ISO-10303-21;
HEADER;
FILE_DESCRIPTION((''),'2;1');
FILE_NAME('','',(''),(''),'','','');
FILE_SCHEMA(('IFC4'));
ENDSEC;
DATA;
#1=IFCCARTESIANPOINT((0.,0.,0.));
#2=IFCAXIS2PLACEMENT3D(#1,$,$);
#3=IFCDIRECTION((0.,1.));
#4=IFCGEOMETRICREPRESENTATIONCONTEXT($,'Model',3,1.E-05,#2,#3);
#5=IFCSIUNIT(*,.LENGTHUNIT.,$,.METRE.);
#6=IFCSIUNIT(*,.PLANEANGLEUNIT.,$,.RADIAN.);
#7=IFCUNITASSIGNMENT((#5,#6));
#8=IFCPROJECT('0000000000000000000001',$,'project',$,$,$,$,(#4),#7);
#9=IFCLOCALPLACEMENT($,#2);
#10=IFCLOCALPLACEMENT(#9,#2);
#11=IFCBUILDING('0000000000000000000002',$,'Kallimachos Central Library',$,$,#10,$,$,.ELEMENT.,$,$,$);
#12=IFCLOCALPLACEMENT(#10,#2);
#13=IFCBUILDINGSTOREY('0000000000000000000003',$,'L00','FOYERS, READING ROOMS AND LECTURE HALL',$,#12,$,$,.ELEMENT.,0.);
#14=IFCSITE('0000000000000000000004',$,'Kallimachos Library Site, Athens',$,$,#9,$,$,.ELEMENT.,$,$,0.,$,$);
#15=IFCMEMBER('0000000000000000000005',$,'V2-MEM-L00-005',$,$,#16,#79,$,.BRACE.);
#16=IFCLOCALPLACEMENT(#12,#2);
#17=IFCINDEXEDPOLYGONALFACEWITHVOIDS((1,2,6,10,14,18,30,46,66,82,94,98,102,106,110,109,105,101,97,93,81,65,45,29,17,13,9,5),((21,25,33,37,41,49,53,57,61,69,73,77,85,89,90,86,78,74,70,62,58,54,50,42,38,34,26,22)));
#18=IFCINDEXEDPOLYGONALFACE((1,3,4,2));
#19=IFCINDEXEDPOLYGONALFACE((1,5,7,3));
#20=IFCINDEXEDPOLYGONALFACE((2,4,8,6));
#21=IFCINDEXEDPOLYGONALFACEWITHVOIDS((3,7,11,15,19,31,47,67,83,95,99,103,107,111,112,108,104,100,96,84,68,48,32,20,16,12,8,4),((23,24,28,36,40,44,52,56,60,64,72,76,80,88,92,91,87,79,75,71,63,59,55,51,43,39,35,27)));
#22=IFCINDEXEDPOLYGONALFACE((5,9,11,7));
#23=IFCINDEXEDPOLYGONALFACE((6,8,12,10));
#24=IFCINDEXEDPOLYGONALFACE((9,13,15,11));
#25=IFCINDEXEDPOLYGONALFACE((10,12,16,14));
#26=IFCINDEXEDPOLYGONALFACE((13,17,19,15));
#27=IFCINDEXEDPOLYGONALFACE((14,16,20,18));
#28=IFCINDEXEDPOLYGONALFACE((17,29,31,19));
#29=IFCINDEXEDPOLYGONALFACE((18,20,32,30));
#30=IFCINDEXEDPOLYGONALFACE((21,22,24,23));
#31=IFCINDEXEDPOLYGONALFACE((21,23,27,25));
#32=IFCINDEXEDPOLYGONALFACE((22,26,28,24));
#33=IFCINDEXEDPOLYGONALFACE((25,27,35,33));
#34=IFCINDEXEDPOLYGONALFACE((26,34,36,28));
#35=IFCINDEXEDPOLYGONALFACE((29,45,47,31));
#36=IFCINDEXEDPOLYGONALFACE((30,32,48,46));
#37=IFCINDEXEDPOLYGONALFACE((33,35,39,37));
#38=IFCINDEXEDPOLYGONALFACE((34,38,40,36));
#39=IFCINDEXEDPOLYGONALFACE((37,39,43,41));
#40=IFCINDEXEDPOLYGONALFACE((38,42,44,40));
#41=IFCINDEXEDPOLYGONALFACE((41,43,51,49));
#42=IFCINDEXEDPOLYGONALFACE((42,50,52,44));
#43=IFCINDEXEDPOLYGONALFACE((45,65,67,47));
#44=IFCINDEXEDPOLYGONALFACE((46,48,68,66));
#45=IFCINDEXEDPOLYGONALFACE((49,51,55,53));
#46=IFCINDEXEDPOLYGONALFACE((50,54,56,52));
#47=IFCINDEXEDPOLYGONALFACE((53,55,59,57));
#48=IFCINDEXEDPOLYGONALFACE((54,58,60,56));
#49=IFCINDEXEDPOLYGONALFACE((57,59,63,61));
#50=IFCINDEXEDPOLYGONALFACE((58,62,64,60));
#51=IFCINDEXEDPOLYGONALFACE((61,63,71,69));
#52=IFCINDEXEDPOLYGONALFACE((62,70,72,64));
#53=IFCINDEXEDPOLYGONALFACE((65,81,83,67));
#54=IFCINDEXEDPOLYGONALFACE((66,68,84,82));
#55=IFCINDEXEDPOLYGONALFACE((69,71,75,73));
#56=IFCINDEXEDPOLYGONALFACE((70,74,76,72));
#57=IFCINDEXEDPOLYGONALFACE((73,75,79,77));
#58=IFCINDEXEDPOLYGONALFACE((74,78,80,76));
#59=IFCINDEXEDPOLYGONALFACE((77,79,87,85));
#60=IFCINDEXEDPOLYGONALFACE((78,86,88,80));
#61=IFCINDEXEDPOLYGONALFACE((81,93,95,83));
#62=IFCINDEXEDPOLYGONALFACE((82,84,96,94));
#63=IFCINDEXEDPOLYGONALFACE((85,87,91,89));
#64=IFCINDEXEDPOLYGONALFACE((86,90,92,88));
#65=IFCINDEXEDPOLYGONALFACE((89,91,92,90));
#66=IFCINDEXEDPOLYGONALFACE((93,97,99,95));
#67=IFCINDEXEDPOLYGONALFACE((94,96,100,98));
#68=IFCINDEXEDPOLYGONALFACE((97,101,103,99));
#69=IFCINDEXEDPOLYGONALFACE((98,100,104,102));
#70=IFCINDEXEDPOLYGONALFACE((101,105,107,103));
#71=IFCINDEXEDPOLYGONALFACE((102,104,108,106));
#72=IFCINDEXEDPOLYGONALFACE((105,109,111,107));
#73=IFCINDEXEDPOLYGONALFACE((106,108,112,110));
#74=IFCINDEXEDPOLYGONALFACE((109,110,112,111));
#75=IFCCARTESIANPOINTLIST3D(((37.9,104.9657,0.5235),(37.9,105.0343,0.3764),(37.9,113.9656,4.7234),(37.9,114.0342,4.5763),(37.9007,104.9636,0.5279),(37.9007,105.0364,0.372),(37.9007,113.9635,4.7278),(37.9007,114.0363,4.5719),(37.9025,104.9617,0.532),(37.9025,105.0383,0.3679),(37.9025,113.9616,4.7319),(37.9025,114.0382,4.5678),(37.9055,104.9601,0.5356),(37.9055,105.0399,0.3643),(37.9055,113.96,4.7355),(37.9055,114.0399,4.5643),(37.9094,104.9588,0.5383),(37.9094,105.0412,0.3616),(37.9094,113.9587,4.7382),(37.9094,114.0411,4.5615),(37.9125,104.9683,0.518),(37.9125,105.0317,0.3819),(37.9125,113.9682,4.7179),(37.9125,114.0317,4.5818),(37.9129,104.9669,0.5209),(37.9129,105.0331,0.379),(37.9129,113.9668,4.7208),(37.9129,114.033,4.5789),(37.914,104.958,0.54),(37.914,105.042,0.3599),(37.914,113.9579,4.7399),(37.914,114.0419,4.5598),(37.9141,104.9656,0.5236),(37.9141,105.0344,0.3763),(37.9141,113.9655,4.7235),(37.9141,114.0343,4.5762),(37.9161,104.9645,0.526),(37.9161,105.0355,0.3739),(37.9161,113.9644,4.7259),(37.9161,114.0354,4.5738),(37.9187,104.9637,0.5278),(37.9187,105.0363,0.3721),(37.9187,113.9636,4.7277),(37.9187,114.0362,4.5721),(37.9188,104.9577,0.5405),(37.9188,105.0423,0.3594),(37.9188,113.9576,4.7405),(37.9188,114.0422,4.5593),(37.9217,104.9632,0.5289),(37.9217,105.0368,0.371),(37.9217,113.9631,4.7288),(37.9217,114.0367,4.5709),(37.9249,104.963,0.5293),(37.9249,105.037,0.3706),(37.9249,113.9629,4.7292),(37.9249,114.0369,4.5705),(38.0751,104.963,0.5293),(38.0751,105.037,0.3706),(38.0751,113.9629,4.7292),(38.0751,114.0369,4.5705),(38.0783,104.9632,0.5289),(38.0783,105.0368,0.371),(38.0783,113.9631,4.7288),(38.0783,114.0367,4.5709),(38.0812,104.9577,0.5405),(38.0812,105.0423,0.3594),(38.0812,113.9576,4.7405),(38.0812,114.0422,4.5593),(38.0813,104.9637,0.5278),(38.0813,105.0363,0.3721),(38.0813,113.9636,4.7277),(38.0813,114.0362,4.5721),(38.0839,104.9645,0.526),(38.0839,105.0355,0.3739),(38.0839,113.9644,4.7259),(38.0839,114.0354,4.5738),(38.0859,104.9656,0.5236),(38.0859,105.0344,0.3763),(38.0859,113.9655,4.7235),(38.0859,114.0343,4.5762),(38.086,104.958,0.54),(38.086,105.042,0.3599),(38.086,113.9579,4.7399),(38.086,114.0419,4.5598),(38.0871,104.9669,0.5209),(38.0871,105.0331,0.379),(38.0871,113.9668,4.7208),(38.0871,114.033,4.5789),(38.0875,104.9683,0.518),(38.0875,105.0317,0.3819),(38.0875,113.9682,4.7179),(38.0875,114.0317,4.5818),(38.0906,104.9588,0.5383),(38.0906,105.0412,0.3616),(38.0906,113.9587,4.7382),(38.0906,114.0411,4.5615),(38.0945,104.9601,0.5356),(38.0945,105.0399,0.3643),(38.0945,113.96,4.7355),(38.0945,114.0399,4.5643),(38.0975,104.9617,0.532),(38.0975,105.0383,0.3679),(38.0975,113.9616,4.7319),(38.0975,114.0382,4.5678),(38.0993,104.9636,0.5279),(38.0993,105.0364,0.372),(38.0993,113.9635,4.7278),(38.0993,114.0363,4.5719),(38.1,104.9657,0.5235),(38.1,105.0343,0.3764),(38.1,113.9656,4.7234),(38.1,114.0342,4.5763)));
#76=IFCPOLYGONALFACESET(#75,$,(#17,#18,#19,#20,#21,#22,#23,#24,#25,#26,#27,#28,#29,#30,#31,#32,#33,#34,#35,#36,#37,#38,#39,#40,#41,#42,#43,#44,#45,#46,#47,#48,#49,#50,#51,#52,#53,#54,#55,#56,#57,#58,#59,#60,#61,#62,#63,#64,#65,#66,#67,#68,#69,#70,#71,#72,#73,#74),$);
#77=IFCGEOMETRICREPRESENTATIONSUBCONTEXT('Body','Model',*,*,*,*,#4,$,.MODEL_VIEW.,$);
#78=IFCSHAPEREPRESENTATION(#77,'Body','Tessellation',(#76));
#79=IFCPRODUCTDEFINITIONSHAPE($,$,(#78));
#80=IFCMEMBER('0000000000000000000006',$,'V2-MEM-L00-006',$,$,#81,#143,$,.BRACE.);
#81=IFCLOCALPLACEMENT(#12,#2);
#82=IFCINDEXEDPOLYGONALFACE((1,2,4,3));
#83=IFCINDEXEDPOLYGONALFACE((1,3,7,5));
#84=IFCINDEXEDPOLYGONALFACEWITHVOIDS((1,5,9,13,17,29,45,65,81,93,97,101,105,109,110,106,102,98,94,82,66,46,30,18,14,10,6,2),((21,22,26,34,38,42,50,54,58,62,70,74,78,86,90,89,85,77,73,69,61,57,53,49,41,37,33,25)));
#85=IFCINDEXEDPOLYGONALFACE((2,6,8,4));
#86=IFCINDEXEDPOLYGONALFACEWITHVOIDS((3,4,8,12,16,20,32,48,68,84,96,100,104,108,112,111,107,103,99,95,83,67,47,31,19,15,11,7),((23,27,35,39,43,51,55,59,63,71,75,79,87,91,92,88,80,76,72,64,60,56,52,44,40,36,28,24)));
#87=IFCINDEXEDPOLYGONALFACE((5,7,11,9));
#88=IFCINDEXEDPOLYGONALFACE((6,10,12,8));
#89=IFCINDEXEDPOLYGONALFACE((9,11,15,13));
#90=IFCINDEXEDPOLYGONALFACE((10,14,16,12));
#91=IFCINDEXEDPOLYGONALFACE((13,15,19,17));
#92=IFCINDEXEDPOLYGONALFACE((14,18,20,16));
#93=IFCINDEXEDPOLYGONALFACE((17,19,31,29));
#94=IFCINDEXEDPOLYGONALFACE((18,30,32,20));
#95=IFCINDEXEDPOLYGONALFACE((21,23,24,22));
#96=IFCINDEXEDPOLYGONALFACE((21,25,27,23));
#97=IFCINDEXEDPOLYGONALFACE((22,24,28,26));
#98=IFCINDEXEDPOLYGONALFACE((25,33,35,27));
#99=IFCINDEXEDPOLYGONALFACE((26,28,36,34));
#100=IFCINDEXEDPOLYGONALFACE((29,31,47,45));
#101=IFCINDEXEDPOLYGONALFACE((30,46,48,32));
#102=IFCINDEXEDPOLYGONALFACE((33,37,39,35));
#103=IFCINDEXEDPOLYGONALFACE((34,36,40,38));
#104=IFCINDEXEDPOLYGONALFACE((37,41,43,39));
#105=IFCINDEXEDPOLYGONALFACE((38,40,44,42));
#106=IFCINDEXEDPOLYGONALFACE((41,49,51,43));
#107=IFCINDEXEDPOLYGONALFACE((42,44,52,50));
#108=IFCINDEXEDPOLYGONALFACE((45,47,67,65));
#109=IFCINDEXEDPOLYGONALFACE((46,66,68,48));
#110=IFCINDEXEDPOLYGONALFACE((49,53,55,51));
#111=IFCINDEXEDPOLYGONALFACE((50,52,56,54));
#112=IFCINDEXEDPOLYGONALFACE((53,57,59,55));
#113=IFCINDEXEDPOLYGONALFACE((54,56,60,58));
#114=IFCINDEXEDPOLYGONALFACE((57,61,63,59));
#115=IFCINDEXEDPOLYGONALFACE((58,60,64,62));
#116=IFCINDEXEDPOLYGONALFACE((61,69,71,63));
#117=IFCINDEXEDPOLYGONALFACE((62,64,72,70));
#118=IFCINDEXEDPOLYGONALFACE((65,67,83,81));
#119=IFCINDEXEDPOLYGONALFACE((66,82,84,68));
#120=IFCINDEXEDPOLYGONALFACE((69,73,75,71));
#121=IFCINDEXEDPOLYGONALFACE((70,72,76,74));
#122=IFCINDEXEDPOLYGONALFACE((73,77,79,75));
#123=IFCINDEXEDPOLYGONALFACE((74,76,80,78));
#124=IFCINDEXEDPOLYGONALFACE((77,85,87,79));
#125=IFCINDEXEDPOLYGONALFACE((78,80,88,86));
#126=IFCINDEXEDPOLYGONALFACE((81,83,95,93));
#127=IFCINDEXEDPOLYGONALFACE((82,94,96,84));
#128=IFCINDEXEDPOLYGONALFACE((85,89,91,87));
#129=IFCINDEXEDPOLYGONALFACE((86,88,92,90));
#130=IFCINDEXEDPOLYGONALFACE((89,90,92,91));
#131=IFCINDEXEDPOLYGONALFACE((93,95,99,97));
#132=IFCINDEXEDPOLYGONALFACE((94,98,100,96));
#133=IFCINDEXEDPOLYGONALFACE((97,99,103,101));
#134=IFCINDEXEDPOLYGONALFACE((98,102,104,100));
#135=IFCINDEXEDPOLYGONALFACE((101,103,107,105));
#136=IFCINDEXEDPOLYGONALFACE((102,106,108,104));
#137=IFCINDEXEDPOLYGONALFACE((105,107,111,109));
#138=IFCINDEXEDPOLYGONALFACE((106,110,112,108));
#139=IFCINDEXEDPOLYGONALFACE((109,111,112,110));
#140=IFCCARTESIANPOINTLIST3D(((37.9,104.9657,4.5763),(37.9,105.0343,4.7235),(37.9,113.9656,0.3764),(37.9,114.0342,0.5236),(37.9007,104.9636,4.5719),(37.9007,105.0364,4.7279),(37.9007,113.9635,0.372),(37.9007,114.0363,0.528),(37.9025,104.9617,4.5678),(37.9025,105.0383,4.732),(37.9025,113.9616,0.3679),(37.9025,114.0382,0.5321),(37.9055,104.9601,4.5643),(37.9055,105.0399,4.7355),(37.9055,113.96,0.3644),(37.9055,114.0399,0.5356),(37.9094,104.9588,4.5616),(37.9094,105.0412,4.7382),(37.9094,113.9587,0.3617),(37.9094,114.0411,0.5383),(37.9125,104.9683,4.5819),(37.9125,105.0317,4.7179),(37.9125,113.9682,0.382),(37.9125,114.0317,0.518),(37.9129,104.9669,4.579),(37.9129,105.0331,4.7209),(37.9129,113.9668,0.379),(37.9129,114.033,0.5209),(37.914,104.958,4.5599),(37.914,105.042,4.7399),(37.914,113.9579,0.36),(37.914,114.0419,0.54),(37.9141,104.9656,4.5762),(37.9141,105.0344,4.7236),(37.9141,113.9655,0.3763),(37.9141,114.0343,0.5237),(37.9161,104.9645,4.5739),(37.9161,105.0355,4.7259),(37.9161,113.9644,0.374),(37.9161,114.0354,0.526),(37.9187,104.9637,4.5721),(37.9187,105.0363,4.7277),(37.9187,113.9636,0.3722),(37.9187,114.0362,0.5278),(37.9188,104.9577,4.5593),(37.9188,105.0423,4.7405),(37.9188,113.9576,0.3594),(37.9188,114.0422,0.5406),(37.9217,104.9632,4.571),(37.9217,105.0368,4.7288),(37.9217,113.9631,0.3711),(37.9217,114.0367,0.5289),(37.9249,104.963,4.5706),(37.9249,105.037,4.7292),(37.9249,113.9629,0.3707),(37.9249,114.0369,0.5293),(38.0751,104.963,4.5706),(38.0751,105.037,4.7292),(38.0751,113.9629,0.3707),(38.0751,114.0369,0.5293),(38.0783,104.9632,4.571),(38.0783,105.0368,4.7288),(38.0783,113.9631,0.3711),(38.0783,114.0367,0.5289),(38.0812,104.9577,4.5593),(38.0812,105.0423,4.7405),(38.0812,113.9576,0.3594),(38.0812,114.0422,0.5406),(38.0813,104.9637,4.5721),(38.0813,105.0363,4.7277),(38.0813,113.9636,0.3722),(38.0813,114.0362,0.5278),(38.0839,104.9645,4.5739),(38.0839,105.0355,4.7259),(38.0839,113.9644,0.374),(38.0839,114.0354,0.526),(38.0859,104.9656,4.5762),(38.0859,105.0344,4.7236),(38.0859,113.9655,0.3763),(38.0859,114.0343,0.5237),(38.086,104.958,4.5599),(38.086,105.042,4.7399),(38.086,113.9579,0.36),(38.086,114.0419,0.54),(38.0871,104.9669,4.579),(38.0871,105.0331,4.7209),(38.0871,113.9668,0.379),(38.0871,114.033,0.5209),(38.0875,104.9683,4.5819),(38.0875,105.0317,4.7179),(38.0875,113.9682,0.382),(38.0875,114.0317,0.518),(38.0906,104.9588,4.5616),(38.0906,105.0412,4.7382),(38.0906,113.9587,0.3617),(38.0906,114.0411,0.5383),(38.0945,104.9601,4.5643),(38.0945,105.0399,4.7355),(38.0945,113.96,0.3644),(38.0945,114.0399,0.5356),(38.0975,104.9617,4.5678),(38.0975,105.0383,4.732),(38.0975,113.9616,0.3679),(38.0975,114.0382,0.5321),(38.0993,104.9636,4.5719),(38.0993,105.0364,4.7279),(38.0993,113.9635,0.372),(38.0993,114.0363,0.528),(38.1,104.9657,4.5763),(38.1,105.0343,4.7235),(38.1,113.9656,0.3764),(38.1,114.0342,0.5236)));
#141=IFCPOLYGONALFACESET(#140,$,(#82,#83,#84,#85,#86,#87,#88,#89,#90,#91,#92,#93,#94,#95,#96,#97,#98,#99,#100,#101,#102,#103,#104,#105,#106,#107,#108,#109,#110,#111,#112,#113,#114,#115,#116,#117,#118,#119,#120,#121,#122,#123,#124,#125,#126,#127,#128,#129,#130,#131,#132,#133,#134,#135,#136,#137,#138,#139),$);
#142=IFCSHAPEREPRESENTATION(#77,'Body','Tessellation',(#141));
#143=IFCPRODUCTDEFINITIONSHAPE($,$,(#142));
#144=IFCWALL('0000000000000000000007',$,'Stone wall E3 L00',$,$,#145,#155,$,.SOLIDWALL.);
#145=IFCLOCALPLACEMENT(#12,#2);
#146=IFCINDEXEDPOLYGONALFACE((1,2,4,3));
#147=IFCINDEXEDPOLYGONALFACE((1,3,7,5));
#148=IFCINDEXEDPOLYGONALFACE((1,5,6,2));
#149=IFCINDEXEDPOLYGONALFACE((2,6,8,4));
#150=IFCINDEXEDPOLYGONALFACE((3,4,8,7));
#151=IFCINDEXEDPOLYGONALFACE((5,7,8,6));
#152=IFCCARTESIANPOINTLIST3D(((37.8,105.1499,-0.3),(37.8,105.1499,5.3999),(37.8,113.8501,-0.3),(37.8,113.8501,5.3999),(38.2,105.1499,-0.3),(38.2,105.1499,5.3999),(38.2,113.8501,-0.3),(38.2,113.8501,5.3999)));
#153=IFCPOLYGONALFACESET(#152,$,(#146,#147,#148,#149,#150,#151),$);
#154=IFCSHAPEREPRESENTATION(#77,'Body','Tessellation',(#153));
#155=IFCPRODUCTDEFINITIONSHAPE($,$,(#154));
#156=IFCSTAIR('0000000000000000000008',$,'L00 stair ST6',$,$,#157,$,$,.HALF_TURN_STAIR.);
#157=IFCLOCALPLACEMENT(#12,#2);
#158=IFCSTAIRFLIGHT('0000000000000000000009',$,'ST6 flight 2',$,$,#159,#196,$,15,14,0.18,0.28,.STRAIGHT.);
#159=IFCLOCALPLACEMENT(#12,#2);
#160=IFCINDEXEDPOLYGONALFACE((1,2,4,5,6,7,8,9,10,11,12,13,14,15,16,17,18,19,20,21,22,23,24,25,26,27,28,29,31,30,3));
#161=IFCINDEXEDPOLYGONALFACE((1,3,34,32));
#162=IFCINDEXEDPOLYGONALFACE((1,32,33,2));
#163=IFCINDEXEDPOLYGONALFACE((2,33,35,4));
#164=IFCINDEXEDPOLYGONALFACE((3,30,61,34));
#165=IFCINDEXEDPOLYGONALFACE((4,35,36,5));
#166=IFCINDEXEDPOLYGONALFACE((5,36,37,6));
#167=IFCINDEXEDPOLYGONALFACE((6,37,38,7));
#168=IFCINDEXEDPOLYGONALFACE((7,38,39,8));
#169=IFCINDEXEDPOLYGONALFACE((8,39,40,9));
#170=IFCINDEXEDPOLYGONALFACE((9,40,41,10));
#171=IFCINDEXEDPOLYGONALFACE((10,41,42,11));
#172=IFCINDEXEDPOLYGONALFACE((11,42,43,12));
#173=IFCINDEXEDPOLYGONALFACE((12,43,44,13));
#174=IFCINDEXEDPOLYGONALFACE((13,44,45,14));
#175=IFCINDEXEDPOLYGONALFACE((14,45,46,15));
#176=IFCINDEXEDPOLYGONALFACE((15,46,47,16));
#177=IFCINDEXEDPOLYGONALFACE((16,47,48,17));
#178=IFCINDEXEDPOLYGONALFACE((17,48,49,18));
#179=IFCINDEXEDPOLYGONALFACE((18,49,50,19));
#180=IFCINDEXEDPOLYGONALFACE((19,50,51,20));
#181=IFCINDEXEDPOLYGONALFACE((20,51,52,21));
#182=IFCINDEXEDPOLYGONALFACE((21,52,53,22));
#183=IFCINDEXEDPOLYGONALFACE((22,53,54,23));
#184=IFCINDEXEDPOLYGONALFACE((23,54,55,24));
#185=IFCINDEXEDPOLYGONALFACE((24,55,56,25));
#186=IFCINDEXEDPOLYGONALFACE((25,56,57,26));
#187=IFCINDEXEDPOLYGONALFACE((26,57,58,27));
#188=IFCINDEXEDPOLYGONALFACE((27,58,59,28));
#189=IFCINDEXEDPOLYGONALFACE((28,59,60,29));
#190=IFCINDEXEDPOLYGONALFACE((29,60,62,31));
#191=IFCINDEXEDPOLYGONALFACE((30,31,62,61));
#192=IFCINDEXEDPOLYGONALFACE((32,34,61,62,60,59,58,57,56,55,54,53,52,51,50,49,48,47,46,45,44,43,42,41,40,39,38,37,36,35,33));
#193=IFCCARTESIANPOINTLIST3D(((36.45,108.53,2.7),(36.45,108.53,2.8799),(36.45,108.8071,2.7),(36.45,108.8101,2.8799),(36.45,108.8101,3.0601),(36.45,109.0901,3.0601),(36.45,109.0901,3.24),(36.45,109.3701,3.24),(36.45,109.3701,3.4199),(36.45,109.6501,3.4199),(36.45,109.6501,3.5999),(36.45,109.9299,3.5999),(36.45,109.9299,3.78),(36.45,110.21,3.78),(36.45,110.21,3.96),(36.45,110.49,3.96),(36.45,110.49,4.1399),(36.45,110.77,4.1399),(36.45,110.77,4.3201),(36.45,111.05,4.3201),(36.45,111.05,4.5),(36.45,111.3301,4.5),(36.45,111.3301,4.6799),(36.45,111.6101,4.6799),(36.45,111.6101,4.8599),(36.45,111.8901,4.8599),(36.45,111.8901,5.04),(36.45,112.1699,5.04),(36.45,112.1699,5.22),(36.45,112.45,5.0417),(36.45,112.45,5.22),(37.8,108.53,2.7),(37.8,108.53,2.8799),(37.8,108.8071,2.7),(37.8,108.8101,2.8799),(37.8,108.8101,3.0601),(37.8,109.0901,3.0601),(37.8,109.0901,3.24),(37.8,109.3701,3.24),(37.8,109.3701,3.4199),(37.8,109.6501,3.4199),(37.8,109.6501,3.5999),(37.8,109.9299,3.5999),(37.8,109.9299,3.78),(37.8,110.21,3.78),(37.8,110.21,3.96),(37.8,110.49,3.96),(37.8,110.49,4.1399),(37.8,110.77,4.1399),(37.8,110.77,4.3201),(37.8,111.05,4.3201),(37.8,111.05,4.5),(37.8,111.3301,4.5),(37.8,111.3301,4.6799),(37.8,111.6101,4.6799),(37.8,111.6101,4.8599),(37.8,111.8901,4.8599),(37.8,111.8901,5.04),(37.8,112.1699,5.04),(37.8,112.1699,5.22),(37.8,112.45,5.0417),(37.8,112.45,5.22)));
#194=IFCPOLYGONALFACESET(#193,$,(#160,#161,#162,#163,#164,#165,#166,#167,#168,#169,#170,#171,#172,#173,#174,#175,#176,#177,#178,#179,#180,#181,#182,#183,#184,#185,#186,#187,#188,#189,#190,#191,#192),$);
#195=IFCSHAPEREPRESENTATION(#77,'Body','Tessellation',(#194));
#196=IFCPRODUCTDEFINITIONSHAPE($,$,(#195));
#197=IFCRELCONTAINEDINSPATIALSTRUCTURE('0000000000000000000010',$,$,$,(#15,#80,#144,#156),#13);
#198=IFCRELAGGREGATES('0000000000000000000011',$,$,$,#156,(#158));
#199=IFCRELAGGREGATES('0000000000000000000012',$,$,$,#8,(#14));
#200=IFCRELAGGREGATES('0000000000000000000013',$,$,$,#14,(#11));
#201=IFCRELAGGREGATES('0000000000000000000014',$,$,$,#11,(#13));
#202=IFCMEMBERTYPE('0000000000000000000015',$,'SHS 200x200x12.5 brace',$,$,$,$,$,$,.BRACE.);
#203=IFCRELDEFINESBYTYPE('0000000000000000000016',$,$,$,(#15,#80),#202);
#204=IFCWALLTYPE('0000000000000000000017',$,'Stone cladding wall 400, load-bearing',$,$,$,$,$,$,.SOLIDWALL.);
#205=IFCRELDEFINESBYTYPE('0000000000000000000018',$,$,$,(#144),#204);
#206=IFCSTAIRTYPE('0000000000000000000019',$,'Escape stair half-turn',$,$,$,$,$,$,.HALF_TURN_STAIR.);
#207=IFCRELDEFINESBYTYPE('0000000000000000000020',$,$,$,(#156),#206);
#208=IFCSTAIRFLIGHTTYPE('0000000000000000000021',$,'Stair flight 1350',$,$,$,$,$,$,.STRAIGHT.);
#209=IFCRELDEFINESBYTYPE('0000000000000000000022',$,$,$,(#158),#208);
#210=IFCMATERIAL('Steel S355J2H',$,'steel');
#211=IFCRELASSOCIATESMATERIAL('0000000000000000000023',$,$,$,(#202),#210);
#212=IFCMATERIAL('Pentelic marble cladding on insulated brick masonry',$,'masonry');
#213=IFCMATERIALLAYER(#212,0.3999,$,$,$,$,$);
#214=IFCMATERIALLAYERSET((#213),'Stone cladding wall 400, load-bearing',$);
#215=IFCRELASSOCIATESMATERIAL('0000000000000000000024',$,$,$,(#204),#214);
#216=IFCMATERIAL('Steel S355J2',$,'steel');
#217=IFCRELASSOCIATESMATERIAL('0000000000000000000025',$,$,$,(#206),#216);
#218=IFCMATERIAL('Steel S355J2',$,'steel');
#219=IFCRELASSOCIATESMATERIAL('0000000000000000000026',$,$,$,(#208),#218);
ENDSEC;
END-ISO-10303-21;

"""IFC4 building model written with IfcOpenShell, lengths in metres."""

from ifc_helpers import new_model, si_unit, direction, frame, frame_2d, origin, origin_2d, place, context, subcontext, project, spatial, polyline, rectangle, hollow_rectangle, outline, extrude, material, layer, layer_set, material_profile, profile_set, type_object, element, aggregate, save


model = new_model("IFC4")

# Units and contexts
model_context = context("Model", 3, precision=1e-05, world=origin(), true_north=direction((0.0, 1.0)))
body_context = subcontext(model_context, "Body", "Model", "MODEL_VIEW")
ifc_project = project(units=[si_unit("LENGTHUNIT", "METRE"), si_unit("PLANEANGLEUNIT", "RADIAN")], contexts=[model_context])

# Site, building, storey
site_placement = place(None, origin())
site = spatial("IfcSite", under=ifc_project, at=site_placement, Name="Kallimachos Library Site, Athens", CompositionType="ELEMENT", RefElevation=0.0)
building_placement = place(site_placement, origin())
building = spatial("IfcBuilding", under=site, at=building_placement, Name="Kallimachos Central Library", CompositionType="ELEMENT")
storey_placement = place(building_placement, origin())
storey = spatial("IfcBuildingStorey", under=building, at=storey_placement, Name="L00", Description="FOYERS, READING ROOMS AND LECTURE HALL", CompositionType="ELEMENT", Elevation=0.0)

# Members
ifc_material_1 = material(Name="Steel S355J2H", Category="steel")
ifc_material_profile_1 = material_profile(ifc_material_1, hollow_rectangle(XDim=0.2, YDim=0.2, WallThickness=0.0125, InnerFilletRadius=0.0125, OuterFilletRadius=0.0188, at=origin_2d()), Name="SHS 200x200x12.5")
ifc_profile_set_1 = profile_set([ifc_material_profile_1], Name="Steel S355J2H")
member_type = type_object("IfcMemberType", Name="SHS 200x200x12.5 brace", PredefinedType="BRACE", material=ifc_profile_set_1)
for number, where, z_axis, x_axis, name in (
    (1, (38.0, 105.0, 0.45), (0.0, 0.906185, 0.422881), (-1.0, 0.0, 0.0), "V2-MEM-L00-005"),
    (2, (38.0, 105.0, 4.6499), (0.0, 0.906185, -0.422881), (-1.0, 0.0, 0.0), "V2-MEM-L00-006"),
):
    element("IfcMember", number, at=place(storey_placement, frame(where, z_axis=z_axis, x_axis=x_axis)), inside=storey, type_object=member_type, Name=name, PredefinedType="BRACE", context=body_context, shape_type="SweptSolid", body=[
        extrude(hollow_rectangle(XDim=0.2, YDim=0.2, WallThickness=0.0125, InnerFilletRadius=0.0125, OuterFilletRadius=0.0188, at=origin_2d()), origin(), (0.0, 0.0, 1.0), 9.9316),
    ])

# Wall
ifc_material_2 = material(Name="Pentelic marble cladding on insulated brick masonry", Category="masonry")
ifc_layer_1 = layer(ifc_material_2, 0.3999)
ifc_layer_set_1 = layer_set([ifc_layer_1], Name="Stone cladding wall 400, load-bearing")
wall_type = type_object("IfcWallType", Name="Stone cladding wall 400, load-bearing", PredefinedType="SOLIDWALL", material=ifc_layer_set_1)
wall_placement = place(storey_placement, frame((38.0, 105.1499, -0.3), z_axis=(0.0, 0.0, 1.0), x_axis=(0.0, 1.0, 0.0)))
element("IfcWall", 3, at=wall_placement, inside=storey, type_object=wall_type, Name="Stone wall E3 L00", PredefinedType="SOLIDWALL", context=body_context, shape_type="SweptSolid", body=[
    extrude(rectangle(XDim=8.7002, YDim=0.3999, at=frame_2d((4.3501, 0.0))), origin(), (0.0, 0.0, 1.0), 5.7),
])

# Stair, stair flight
ifc_material_3 = material(Name="Steel S355J2", Category="steel")
stair_type = type_object("IfcStairType", Name="Escape stair half-turn", PredefinedType="HALF_TURN_STAIR", material=ifc_material_3)
stair_placement = place(storey_placement, origin())
stair = element("IfcStair", 4, at=stair_placement, inside=storey, type_object=stair_type, Name="L00 stair ST6", PredefinedType="HALF_TURN_STAIR")
ifc_material_4 = material(Name="Steel S355J2", Category="steel")
stair_flight_type = type_object("IfcStairFlightType", Name="Stair flight 1350", PredefinedType="STRAIGHT", material=ifc_material_4)
stair_flight_placement = place(storey_placement, frame((37.125, 108.53, 2.7), z_axis=(0.0, 0.0, 1.0), x_axis=(0.0, 1.0, 0.0)))
stair_flight = element("IfcStairFlight", 5, at=stair_flight_placement, type_object=stair_flight_type, Name="ST6 flight 2", NumberOfRisers=15, NumberOfTreads=14, PredefinedType="STRAIGHT", RiserHeight=0.18, TreadLength=0.28, context=body_context, shape_type="SweptSolid", body=[
    extrude(outline(polyline([(0.0, 0.0), (0.0, 0.1799), (0.28, 0.1799), (0.28, 0.3601), (0.5601, 0.3601), (0.5601, 0.54), (0.8401, 0.54), (0.8401, 0.72), (1.1201, 0.72), (1.1201, 0.8999), (1.3999, 0.8999), (1.3999, 1.0801), (1.6799, 1.0801), (1.6799, 1.26), (1.96, 1.26), (1.96, 1.4399), (2.24, 1.4399), (2.24, 1.6201), (2.52, 1.6201), (2.52, 1.8), (2.8, 1.8), (2.8, 1.98), (3.0801, 1.98), (3.0801, 2.1599), (3.3601, 2.1599), (3.3601, 2.3401), (3.6399, 2.3401), (3.6399, 2.52), (3.9199, 2.52), (3.9199, 2.7), (3.9199, 2.3418), (0.2771, 0.0), (0.0, 0.0)])), frame((0.0, 0.675, 0.0), z_axis=(0.0, -1.0, 0.0), x_axis=(1.0, 0.0, 0.0)), (0.0, 0.0, 1.0), 1.3501),
])
aggregate(stair, [stair_flight])

save(model, "model.ifc")
